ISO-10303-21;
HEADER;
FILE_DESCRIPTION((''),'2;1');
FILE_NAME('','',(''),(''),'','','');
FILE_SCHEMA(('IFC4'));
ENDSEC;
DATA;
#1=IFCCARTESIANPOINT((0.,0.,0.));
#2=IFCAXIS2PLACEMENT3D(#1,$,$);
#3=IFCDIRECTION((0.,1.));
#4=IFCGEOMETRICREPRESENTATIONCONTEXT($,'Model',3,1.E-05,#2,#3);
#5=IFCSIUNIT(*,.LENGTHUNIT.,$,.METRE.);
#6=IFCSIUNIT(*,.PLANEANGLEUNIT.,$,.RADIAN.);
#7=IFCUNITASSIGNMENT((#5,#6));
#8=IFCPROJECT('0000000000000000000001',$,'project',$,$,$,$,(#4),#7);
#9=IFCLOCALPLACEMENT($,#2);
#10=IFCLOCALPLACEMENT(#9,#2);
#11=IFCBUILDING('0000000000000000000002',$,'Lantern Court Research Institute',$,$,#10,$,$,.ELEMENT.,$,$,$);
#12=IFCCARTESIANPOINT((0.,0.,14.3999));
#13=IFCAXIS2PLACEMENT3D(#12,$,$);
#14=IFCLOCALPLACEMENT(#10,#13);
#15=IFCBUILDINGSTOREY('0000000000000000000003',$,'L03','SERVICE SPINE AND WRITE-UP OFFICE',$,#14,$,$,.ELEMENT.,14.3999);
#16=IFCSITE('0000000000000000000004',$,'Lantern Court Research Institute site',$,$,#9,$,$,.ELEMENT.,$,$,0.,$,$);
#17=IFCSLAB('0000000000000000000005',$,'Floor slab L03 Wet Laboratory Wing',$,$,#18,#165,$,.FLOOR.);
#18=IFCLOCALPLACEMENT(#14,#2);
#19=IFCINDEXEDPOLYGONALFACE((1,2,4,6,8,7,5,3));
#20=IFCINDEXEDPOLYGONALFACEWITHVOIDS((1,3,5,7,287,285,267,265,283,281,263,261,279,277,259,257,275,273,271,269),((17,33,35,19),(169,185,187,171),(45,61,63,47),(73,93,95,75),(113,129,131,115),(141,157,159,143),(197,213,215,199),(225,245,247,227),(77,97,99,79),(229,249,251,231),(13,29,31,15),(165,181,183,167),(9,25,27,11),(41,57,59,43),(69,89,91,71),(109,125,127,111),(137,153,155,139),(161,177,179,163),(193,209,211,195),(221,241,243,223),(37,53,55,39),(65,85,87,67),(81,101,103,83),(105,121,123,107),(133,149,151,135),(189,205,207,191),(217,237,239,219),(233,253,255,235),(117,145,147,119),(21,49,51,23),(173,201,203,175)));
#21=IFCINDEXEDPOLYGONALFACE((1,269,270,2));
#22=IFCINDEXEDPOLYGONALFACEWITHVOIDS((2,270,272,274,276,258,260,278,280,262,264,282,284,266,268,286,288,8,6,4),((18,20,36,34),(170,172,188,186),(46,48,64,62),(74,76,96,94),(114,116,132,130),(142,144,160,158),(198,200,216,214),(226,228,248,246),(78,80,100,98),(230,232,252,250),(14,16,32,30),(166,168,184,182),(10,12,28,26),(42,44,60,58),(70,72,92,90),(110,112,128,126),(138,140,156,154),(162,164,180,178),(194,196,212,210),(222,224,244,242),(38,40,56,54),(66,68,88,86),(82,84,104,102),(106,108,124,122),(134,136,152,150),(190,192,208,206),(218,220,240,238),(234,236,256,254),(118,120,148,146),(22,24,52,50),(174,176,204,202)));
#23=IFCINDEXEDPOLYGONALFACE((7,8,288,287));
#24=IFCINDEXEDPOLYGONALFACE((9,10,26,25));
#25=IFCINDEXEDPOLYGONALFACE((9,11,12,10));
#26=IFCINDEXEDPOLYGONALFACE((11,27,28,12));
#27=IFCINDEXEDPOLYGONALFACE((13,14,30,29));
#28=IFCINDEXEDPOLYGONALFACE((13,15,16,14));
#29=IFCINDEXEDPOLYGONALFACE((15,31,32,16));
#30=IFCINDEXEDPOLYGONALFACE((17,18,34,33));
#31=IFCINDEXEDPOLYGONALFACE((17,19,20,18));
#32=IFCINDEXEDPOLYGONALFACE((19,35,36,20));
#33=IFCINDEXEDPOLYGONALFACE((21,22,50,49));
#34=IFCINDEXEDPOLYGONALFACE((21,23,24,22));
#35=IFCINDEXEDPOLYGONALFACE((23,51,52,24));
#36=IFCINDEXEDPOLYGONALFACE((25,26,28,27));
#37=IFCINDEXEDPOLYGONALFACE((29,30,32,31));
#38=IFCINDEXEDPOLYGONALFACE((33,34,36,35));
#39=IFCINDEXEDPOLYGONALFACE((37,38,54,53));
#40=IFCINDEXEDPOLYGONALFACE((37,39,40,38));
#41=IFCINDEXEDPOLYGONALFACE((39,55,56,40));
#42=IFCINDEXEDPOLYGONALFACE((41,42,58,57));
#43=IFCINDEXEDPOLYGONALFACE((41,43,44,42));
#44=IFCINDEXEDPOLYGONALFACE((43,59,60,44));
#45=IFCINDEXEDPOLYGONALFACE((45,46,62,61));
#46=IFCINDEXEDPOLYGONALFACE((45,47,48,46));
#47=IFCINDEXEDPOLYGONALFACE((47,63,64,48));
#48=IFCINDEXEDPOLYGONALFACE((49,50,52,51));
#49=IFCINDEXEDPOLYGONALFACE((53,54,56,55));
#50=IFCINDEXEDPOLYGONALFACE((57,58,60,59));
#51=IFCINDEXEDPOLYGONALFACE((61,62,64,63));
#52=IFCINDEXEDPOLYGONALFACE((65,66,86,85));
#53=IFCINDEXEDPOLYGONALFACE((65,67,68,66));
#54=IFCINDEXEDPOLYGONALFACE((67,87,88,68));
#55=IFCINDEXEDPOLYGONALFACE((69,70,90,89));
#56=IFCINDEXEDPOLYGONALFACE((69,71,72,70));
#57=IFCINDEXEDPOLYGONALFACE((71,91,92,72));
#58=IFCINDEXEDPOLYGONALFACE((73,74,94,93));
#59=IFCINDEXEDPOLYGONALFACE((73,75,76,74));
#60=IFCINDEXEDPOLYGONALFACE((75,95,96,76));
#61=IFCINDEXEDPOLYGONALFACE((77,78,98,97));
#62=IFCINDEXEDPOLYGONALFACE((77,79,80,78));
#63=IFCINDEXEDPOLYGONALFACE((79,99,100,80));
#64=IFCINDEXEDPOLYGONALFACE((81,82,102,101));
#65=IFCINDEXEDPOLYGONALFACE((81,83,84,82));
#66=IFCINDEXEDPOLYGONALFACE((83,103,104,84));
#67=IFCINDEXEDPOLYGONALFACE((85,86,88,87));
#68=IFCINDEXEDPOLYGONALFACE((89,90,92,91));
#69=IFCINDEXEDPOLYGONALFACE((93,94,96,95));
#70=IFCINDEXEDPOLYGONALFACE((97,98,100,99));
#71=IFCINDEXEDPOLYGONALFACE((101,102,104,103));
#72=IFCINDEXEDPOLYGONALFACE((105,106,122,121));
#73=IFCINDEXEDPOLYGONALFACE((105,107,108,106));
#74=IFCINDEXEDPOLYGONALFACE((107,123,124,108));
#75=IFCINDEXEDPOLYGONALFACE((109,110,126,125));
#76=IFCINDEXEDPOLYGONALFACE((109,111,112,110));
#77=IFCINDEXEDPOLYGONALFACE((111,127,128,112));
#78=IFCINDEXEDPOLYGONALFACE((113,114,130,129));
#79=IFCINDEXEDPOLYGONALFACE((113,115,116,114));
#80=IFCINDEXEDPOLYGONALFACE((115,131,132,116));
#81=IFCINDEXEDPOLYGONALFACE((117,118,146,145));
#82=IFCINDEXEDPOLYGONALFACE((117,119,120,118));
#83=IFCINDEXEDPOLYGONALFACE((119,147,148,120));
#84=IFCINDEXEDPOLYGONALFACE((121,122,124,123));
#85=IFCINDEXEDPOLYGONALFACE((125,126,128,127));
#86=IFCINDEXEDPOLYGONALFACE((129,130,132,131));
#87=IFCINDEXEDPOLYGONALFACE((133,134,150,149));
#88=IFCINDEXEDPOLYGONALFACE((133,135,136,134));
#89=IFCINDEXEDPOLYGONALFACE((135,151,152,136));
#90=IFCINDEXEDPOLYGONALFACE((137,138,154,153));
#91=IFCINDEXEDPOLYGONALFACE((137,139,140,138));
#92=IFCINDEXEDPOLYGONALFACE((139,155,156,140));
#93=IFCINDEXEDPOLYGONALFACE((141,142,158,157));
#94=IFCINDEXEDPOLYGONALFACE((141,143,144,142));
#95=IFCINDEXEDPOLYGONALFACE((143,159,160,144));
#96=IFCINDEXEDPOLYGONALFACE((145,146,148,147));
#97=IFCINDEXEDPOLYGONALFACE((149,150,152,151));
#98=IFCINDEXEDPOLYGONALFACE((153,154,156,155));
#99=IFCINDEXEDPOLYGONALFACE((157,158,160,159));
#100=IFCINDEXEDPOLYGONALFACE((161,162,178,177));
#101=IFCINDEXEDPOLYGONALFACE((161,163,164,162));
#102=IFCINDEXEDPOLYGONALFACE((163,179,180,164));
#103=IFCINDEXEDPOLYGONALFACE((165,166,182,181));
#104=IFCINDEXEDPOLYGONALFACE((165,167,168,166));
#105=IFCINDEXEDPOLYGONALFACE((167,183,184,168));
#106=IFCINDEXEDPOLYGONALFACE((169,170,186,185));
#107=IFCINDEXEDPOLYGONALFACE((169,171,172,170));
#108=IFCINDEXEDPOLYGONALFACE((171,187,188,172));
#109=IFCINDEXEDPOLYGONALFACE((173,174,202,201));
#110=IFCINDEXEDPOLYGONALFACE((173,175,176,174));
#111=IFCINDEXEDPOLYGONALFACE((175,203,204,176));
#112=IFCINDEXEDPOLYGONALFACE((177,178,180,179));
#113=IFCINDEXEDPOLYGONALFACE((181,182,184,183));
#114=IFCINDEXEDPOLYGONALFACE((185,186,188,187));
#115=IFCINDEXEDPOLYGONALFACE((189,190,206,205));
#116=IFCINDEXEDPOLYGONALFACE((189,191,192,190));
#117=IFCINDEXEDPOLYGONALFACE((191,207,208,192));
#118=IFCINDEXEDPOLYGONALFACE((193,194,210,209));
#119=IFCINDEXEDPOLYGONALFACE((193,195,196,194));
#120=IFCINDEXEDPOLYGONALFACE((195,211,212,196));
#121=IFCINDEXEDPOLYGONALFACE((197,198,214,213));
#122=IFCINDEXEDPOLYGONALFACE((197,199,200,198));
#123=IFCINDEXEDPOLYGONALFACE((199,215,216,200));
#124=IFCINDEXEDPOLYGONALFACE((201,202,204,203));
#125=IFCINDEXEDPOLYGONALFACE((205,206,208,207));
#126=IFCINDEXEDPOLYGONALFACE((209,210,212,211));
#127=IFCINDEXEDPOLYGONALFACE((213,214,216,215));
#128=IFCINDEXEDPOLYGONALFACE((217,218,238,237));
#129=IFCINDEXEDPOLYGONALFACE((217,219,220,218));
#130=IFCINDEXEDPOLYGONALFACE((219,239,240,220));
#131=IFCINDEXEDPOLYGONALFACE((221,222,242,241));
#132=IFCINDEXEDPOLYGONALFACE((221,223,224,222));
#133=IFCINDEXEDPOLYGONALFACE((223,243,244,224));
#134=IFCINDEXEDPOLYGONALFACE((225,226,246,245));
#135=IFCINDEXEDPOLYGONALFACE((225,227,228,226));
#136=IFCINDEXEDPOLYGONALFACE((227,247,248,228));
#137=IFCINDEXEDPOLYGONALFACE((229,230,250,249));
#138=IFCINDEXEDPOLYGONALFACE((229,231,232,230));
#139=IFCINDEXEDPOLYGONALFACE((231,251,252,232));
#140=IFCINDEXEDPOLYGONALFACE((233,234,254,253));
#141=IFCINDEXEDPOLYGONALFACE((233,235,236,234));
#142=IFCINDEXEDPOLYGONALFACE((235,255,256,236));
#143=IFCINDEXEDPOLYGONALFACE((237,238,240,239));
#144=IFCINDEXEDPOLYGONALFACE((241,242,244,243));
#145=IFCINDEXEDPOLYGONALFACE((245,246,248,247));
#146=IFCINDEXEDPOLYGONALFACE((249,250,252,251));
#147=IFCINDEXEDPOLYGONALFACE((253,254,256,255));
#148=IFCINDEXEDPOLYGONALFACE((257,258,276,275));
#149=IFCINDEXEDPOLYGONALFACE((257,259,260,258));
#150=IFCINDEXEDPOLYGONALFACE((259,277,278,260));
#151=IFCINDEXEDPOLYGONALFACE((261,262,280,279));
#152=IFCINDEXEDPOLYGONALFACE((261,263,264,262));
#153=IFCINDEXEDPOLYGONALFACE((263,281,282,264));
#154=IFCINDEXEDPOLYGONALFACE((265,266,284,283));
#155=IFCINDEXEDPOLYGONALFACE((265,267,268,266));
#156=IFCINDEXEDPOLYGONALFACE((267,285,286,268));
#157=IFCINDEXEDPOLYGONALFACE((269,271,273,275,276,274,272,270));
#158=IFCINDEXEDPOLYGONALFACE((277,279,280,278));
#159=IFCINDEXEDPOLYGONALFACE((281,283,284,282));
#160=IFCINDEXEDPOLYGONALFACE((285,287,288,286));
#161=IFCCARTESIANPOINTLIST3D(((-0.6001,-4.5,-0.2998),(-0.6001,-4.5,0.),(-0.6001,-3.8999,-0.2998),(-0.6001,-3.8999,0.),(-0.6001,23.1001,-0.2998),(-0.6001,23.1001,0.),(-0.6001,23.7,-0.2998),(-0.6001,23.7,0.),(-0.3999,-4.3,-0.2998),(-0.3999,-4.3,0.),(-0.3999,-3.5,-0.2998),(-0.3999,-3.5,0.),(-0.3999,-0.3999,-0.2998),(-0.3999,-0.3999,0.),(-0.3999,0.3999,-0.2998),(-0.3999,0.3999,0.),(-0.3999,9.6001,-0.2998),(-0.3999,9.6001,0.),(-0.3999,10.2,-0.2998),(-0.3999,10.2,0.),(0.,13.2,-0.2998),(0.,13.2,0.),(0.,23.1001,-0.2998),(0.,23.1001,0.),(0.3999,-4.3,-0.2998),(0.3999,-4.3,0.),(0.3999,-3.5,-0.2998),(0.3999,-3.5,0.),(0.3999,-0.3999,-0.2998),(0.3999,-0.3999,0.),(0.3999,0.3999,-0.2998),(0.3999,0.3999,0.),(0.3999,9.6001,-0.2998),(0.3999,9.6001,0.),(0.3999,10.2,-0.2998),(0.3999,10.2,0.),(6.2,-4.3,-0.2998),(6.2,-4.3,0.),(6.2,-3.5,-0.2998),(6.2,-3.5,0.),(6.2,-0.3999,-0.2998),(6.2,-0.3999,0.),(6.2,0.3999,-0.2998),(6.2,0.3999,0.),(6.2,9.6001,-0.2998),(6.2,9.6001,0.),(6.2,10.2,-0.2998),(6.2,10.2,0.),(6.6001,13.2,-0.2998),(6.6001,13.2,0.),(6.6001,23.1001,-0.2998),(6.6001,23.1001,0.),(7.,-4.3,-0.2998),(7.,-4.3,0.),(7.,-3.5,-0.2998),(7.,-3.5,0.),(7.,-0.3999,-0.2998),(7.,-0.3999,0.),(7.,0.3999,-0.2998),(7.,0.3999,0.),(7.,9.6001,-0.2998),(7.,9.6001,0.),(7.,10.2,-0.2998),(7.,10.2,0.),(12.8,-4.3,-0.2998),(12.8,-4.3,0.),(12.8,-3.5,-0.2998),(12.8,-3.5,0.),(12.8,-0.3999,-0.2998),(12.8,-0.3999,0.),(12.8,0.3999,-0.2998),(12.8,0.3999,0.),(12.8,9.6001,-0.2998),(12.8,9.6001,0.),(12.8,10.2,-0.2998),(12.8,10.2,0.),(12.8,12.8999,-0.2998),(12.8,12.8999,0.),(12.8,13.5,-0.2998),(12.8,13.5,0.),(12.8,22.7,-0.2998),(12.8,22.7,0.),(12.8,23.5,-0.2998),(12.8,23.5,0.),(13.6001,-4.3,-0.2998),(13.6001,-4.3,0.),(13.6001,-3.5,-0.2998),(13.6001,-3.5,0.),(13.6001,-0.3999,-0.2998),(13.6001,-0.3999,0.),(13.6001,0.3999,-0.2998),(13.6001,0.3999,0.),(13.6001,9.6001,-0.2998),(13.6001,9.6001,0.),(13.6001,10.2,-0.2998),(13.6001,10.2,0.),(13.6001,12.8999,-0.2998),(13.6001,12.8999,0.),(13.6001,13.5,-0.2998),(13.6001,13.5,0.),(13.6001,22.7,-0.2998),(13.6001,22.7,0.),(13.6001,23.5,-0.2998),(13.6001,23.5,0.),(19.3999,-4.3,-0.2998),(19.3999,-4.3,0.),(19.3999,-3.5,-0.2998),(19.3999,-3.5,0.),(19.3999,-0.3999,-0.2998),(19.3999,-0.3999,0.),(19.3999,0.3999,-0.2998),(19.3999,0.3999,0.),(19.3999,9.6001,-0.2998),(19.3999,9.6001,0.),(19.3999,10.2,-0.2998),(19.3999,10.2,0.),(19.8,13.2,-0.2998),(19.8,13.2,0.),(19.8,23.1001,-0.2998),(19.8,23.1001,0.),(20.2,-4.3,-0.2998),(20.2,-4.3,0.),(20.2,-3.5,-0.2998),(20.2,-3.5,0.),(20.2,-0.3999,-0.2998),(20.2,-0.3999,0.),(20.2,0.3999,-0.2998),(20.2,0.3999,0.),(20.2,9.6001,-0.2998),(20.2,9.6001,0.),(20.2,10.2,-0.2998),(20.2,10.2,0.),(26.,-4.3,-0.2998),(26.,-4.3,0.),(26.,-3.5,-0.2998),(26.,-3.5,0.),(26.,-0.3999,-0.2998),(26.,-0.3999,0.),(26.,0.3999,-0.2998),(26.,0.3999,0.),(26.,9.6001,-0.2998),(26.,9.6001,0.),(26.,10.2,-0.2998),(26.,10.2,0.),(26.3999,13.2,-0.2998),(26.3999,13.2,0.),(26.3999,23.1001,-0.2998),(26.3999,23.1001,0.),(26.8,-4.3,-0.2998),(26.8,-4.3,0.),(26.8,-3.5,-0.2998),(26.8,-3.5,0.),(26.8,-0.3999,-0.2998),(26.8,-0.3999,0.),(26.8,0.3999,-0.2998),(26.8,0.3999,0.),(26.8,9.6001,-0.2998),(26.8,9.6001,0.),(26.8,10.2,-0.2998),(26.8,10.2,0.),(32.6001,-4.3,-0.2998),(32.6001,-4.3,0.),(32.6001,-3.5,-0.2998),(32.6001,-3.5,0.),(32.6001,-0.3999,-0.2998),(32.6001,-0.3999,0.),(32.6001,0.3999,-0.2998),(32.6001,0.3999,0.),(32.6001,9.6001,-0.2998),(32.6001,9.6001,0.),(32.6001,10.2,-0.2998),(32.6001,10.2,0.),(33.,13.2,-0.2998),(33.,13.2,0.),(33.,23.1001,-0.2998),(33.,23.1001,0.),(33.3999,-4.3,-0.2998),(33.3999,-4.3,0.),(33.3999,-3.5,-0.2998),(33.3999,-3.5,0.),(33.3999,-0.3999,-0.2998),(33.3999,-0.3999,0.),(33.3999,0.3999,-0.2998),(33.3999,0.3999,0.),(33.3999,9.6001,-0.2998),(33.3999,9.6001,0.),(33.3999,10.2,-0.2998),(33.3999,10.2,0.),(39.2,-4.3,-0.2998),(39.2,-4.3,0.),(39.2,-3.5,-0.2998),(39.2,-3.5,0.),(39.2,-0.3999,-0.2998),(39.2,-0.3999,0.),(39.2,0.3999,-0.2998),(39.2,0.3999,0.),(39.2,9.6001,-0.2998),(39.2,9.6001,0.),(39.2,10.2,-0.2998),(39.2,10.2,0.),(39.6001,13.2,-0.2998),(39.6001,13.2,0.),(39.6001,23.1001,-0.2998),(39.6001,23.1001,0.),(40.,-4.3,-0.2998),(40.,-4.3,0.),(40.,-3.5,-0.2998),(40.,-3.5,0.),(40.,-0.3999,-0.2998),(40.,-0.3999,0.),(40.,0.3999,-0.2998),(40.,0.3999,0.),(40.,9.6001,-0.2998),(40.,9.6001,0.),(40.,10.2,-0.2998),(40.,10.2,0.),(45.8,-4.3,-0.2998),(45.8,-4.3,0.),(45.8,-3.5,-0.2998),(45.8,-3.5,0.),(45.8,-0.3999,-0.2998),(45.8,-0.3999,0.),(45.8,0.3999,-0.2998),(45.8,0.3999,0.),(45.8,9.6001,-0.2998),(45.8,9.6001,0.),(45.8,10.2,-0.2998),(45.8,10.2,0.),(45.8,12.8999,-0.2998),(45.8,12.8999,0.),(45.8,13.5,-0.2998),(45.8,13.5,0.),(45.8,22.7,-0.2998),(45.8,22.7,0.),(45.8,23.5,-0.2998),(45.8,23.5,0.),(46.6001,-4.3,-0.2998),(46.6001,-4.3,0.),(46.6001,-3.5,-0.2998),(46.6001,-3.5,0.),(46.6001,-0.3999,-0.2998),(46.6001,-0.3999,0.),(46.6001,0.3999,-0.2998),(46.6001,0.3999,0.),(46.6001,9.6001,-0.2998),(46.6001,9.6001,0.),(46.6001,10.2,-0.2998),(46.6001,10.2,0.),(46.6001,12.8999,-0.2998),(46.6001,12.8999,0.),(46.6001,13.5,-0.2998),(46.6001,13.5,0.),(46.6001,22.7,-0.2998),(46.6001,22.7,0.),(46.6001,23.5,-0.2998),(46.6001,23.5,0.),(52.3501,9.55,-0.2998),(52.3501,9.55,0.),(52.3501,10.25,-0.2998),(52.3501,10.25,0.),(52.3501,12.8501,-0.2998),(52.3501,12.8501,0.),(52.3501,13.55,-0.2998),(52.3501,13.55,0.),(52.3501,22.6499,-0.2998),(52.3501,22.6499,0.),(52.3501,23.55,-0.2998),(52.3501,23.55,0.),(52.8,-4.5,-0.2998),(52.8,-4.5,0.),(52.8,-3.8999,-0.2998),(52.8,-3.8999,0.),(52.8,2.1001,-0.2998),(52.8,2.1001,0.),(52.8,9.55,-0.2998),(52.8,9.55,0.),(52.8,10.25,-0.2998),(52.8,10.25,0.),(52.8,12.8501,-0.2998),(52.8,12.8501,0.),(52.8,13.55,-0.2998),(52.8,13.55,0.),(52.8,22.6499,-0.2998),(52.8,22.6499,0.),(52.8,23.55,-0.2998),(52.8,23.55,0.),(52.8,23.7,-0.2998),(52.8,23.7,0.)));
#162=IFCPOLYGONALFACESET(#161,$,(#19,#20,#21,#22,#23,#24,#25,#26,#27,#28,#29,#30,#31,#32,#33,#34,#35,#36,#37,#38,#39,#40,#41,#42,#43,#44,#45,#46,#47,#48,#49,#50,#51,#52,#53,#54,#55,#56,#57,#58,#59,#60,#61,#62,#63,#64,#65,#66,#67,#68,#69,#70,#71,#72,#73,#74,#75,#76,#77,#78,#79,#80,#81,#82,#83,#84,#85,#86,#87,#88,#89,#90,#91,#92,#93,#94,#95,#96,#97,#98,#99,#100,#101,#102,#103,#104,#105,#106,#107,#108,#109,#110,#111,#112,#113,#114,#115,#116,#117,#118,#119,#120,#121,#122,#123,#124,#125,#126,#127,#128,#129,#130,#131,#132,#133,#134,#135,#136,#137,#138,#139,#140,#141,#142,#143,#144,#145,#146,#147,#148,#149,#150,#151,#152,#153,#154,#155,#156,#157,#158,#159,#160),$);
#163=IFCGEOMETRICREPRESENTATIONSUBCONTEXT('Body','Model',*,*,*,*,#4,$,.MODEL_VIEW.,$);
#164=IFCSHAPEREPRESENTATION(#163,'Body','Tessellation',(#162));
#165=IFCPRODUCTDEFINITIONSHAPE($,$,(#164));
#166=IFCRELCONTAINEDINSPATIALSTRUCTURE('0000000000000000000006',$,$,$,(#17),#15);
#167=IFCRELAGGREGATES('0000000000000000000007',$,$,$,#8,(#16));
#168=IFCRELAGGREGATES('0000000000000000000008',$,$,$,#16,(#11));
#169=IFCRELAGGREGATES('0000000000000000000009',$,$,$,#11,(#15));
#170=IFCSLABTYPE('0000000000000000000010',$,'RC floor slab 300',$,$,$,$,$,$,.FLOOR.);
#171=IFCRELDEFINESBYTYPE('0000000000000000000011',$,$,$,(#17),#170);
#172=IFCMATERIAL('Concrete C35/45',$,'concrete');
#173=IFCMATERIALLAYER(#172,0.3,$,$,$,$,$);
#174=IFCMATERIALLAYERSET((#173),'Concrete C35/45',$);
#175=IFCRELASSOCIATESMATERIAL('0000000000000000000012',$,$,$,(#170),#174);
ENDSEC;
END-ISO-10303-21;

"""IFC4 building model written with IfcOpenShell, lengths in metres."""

from ifc_helpers import new_model, si_unit, direction, frame, origin, place, context, subcontext, project, spatial, polyline, outline, extrude, material, layer, layer_set, type_object, element, save


model = new_model("IFC4")

# Units and contexts
model_context = context("Model", 3, precision=1e-05, world=origin(), true_north=direction((0.0, 1.0)))
body_context = subcontext(model_context, "Body", "Model", "MODEL_VIEW")
ifc_project = project(units=[si_unit("LENGTHUNIT", "METRE"), si_unit("PLANEANGLEUNIT", "RADIAN")], contexts=[model_context])

# Site, building, storey
site_placement = place(None, origin())
site = spatial("IfcSite", under=ifc_project, at=site_placement, Name="Lantern Court Research Institute site", CompositionType="ELEMENT", RefElevation=0.0)
building_placement = place(site_placement, origin())
building = spatial("IfcBuilding", under=site, at=building_placement, Name="Lantern Court Research Institute", CompositionType="ELEMENT")
storey_placement = place(building_placement, frame((0.0, 0.0, 14.3999)))
storey = spatial("IfcBuildingStorey", under=building, at=storey_placement, Name="L03", Description="SERVICE SPINE AND WRITE-UP OFFICE", CompositionType="ELEMENT", Elevation=14.3999)

# Slab
ifc_material_1 = material(Name="Concrete C35/45", Category="concrete")
ifc_layer_1 = layer(ifc_material_1, 0.3)
ifc_layer_set_1 = layer_set([ifc_layer_1], Name="Concrete C35/45")
slab_type_1 = type_object("IfcSlabType", Name="RC floor slab 300", PredefinedType="FLOOR", material=ifc_layer_set_1)
slab_1_placement = place(storey_placement, frame((0.0, 0.0, -0.2998)))
element("IfcSlab", 1, at=slab_1_placement, inside=storey, type_object=slab_type_1, Name="Floor slab L03 Wet Laboratory Wing", PredefinedType="FLOOR", context=body_context, shape_type="SweptSolid", body=[
    extrude(outline(polyline([(-0.6001, -3.8999), (-0.6001, -4.5), (52.8, -4.5), (52.8, -3.8999), (52.8, 2.1001), (52.8, 9.55), (52.3501, 9.55), (52.3501, 10.25), (52.8, 10.25), (52.8, 12.8501), (52.3501, 12.8501), (52.3501, 13.55), (52.8, 13.55), (52.8, 22.6499), (52.3501, 22.6499), (52.3501, 23.55), (52.8, 23.55), (52.8, 23.7), (-0.6001, 23.7), (-0.6001, 23.1001), (-0.6001, -3.8999)]), holes=[polyline([(0.3999, -4.3), (-0.3999, -4.3), (-0.3999, -3.5), (0.3999, -3.5), (0.3999, -4.3)]), polyline([(26.8, -4.3), (26.0, -4.3), (26.0, -3.5), (26.8, -3.5), (26.8, -4.3)]), polyline([(7.0, -4.3), (6.2, -4.3), (6.2, -3.5), (7.0, -3.5), (7.0, -4.3)]), polyline([(20.2, -4.3), (19.3999, -4.3), (19.3999, -3.5), (20.2, -3.5), (20.2, -4.3)]), polyline([(13.6001, -4.3), (12.8, -4.3), (12.8, -3.5), (13.6001, -3.5), (13.6001, -4.3)]), polyline([(0.3999, -0.3999), (-0.3999, -0.3999), (-0.3999, 0.3999), (0.3999, 0.3999), (0.3999, -0.3999)]), polyline([(26.8, -0.3999), (26.0, -0.3999), (26.0, 0.3999), (26.8, 0.3999), (26.8, -0.3999)]), polyline([(19.3999, -0.3999), (19.3999, 0.3999), (20.2, 0.3999), (20.2, -0.3999), (19.3999, -0.3999)]), polyline([(12.8, -0.3999), (12.8, 0.3999), (13.6001, 0.3999), (13.6001, -0.3999), (12.8, -0.3999)]), polyline([(7.0, -0.3999), (6.2, -0.3999), (6.2, 0.3999), (7.0, 0.3999), (7.0, -0.3999)]), polyline([(7.0, 9.6001), (6.2, 9.6001), (6.2, 10.2), (7.0, 10.2), (7.0, 9.6001)]), polyline([(13.6001, 9.6001), (12.8, 9.6001), (12.8, 10.2), (13.6001, 10.2), (13.6001, 9.6001)]), polyline([(19.3999, 9.6001), (19.3999, 10.2), (20.2, 10.2), (20.2, 9.6001), (19.3999, 9.6001)]), polyline([(26.0, 9.6001), (26.0, 10.2), (26.8, 10.2), (26.8, 9.6001), (26.0, 9.6001)]), polyline([(0.3999, 9.6001), (-0.3999, 9.6001), (-0.3999, 10.2), (0.3999, 10.2), (0.3999, 9.6001)]), polyline([(13.6001, 12.8999), (12.8, 12.8999), (12.8, 13.5), (13.6001, 13.5), (13.6001, 12.8999)]), polyline([(26.3999, 13.2), (19.8, 13.2), (19.8, 23.1001), (26.3999, 23.1001), (26.3999, 13.2)]), polyline([(0.0, 13.2), (0.0, 23.1001), (6.6001, 23.1001), (6.6001, 13.2), (0.0, 13.2)]), polyline([(12.8, 22.7), (12.8, 23.5), (13.6001, 23.5), (13.6001, 22.7), (12.8, 22.7)]), polyline([(33.3999, -4.3), (32.6001, -4.3), (32.6001, -3.5), (33.3999, -3.5), (33.3999, -4.3)]), polyline([(40.0, -4.3), (39.2, -4.3), (39.2, -3.5), (40.0, -3.5), (40.0, -4.3)]), polyline([(45.8, -4.3), (45.8, -3.5), (46.6001, -3.5), (46.6001, -4.3), (45.8, -4.3)]), polyline([(33.3999, -0.3999), (32.6001, -0.3999), (32.6001, 0.3999), (33.3999, 0.3999), (33.3999, -0.3999)]), polyline([(40.0, -0.3999), (39.2, -0.3999), (39.2, 0.3999), (40.0, 0.3999), (40.0, -0.3999)]), polyline([(46.6001, -0.3999), (45.8, -0.3999), (45.8, 0.3999), (46.6001, 0.3999), (46.6001, -0.3999)]), polyline([(32.6001, 9.6001), (32.6001, 10.2), (33.3999, 10.2), (33.3999, 9.6001), (32.6001, 9.6001)]), polyline([(39.2, 9.6001), (39.2, 10.2), (40.0, 10.2), (40.0, 9.6001), (39.2, 9.6001)]), polyline([(46.6001, 9.6001), (45.8, 9.6001), (45.8, 10.2), (46.6001, 10.2), (46.6001, 9.6001)]), polyline([(46.6001, 12.8999), (45.8, 12.8999), (45.8, 13.5), (46.6001, 13.5), (46.6001, 12.8999)]), polyline([(39.6001, 13.2), (33.0, 13.2), (33.0, 23.1001), (39.6001, 23.1001), (39.6001, 13.2)]), polyline([(46.6001, 22.7), (45.8, 22.7), (45.8, 23.5), (46.6001, 23.5), (46.6001, 22.7)])]), origin(), (0.0, 0.0, 1.0), 0.2998),
])

save(model, "model.ifc")
